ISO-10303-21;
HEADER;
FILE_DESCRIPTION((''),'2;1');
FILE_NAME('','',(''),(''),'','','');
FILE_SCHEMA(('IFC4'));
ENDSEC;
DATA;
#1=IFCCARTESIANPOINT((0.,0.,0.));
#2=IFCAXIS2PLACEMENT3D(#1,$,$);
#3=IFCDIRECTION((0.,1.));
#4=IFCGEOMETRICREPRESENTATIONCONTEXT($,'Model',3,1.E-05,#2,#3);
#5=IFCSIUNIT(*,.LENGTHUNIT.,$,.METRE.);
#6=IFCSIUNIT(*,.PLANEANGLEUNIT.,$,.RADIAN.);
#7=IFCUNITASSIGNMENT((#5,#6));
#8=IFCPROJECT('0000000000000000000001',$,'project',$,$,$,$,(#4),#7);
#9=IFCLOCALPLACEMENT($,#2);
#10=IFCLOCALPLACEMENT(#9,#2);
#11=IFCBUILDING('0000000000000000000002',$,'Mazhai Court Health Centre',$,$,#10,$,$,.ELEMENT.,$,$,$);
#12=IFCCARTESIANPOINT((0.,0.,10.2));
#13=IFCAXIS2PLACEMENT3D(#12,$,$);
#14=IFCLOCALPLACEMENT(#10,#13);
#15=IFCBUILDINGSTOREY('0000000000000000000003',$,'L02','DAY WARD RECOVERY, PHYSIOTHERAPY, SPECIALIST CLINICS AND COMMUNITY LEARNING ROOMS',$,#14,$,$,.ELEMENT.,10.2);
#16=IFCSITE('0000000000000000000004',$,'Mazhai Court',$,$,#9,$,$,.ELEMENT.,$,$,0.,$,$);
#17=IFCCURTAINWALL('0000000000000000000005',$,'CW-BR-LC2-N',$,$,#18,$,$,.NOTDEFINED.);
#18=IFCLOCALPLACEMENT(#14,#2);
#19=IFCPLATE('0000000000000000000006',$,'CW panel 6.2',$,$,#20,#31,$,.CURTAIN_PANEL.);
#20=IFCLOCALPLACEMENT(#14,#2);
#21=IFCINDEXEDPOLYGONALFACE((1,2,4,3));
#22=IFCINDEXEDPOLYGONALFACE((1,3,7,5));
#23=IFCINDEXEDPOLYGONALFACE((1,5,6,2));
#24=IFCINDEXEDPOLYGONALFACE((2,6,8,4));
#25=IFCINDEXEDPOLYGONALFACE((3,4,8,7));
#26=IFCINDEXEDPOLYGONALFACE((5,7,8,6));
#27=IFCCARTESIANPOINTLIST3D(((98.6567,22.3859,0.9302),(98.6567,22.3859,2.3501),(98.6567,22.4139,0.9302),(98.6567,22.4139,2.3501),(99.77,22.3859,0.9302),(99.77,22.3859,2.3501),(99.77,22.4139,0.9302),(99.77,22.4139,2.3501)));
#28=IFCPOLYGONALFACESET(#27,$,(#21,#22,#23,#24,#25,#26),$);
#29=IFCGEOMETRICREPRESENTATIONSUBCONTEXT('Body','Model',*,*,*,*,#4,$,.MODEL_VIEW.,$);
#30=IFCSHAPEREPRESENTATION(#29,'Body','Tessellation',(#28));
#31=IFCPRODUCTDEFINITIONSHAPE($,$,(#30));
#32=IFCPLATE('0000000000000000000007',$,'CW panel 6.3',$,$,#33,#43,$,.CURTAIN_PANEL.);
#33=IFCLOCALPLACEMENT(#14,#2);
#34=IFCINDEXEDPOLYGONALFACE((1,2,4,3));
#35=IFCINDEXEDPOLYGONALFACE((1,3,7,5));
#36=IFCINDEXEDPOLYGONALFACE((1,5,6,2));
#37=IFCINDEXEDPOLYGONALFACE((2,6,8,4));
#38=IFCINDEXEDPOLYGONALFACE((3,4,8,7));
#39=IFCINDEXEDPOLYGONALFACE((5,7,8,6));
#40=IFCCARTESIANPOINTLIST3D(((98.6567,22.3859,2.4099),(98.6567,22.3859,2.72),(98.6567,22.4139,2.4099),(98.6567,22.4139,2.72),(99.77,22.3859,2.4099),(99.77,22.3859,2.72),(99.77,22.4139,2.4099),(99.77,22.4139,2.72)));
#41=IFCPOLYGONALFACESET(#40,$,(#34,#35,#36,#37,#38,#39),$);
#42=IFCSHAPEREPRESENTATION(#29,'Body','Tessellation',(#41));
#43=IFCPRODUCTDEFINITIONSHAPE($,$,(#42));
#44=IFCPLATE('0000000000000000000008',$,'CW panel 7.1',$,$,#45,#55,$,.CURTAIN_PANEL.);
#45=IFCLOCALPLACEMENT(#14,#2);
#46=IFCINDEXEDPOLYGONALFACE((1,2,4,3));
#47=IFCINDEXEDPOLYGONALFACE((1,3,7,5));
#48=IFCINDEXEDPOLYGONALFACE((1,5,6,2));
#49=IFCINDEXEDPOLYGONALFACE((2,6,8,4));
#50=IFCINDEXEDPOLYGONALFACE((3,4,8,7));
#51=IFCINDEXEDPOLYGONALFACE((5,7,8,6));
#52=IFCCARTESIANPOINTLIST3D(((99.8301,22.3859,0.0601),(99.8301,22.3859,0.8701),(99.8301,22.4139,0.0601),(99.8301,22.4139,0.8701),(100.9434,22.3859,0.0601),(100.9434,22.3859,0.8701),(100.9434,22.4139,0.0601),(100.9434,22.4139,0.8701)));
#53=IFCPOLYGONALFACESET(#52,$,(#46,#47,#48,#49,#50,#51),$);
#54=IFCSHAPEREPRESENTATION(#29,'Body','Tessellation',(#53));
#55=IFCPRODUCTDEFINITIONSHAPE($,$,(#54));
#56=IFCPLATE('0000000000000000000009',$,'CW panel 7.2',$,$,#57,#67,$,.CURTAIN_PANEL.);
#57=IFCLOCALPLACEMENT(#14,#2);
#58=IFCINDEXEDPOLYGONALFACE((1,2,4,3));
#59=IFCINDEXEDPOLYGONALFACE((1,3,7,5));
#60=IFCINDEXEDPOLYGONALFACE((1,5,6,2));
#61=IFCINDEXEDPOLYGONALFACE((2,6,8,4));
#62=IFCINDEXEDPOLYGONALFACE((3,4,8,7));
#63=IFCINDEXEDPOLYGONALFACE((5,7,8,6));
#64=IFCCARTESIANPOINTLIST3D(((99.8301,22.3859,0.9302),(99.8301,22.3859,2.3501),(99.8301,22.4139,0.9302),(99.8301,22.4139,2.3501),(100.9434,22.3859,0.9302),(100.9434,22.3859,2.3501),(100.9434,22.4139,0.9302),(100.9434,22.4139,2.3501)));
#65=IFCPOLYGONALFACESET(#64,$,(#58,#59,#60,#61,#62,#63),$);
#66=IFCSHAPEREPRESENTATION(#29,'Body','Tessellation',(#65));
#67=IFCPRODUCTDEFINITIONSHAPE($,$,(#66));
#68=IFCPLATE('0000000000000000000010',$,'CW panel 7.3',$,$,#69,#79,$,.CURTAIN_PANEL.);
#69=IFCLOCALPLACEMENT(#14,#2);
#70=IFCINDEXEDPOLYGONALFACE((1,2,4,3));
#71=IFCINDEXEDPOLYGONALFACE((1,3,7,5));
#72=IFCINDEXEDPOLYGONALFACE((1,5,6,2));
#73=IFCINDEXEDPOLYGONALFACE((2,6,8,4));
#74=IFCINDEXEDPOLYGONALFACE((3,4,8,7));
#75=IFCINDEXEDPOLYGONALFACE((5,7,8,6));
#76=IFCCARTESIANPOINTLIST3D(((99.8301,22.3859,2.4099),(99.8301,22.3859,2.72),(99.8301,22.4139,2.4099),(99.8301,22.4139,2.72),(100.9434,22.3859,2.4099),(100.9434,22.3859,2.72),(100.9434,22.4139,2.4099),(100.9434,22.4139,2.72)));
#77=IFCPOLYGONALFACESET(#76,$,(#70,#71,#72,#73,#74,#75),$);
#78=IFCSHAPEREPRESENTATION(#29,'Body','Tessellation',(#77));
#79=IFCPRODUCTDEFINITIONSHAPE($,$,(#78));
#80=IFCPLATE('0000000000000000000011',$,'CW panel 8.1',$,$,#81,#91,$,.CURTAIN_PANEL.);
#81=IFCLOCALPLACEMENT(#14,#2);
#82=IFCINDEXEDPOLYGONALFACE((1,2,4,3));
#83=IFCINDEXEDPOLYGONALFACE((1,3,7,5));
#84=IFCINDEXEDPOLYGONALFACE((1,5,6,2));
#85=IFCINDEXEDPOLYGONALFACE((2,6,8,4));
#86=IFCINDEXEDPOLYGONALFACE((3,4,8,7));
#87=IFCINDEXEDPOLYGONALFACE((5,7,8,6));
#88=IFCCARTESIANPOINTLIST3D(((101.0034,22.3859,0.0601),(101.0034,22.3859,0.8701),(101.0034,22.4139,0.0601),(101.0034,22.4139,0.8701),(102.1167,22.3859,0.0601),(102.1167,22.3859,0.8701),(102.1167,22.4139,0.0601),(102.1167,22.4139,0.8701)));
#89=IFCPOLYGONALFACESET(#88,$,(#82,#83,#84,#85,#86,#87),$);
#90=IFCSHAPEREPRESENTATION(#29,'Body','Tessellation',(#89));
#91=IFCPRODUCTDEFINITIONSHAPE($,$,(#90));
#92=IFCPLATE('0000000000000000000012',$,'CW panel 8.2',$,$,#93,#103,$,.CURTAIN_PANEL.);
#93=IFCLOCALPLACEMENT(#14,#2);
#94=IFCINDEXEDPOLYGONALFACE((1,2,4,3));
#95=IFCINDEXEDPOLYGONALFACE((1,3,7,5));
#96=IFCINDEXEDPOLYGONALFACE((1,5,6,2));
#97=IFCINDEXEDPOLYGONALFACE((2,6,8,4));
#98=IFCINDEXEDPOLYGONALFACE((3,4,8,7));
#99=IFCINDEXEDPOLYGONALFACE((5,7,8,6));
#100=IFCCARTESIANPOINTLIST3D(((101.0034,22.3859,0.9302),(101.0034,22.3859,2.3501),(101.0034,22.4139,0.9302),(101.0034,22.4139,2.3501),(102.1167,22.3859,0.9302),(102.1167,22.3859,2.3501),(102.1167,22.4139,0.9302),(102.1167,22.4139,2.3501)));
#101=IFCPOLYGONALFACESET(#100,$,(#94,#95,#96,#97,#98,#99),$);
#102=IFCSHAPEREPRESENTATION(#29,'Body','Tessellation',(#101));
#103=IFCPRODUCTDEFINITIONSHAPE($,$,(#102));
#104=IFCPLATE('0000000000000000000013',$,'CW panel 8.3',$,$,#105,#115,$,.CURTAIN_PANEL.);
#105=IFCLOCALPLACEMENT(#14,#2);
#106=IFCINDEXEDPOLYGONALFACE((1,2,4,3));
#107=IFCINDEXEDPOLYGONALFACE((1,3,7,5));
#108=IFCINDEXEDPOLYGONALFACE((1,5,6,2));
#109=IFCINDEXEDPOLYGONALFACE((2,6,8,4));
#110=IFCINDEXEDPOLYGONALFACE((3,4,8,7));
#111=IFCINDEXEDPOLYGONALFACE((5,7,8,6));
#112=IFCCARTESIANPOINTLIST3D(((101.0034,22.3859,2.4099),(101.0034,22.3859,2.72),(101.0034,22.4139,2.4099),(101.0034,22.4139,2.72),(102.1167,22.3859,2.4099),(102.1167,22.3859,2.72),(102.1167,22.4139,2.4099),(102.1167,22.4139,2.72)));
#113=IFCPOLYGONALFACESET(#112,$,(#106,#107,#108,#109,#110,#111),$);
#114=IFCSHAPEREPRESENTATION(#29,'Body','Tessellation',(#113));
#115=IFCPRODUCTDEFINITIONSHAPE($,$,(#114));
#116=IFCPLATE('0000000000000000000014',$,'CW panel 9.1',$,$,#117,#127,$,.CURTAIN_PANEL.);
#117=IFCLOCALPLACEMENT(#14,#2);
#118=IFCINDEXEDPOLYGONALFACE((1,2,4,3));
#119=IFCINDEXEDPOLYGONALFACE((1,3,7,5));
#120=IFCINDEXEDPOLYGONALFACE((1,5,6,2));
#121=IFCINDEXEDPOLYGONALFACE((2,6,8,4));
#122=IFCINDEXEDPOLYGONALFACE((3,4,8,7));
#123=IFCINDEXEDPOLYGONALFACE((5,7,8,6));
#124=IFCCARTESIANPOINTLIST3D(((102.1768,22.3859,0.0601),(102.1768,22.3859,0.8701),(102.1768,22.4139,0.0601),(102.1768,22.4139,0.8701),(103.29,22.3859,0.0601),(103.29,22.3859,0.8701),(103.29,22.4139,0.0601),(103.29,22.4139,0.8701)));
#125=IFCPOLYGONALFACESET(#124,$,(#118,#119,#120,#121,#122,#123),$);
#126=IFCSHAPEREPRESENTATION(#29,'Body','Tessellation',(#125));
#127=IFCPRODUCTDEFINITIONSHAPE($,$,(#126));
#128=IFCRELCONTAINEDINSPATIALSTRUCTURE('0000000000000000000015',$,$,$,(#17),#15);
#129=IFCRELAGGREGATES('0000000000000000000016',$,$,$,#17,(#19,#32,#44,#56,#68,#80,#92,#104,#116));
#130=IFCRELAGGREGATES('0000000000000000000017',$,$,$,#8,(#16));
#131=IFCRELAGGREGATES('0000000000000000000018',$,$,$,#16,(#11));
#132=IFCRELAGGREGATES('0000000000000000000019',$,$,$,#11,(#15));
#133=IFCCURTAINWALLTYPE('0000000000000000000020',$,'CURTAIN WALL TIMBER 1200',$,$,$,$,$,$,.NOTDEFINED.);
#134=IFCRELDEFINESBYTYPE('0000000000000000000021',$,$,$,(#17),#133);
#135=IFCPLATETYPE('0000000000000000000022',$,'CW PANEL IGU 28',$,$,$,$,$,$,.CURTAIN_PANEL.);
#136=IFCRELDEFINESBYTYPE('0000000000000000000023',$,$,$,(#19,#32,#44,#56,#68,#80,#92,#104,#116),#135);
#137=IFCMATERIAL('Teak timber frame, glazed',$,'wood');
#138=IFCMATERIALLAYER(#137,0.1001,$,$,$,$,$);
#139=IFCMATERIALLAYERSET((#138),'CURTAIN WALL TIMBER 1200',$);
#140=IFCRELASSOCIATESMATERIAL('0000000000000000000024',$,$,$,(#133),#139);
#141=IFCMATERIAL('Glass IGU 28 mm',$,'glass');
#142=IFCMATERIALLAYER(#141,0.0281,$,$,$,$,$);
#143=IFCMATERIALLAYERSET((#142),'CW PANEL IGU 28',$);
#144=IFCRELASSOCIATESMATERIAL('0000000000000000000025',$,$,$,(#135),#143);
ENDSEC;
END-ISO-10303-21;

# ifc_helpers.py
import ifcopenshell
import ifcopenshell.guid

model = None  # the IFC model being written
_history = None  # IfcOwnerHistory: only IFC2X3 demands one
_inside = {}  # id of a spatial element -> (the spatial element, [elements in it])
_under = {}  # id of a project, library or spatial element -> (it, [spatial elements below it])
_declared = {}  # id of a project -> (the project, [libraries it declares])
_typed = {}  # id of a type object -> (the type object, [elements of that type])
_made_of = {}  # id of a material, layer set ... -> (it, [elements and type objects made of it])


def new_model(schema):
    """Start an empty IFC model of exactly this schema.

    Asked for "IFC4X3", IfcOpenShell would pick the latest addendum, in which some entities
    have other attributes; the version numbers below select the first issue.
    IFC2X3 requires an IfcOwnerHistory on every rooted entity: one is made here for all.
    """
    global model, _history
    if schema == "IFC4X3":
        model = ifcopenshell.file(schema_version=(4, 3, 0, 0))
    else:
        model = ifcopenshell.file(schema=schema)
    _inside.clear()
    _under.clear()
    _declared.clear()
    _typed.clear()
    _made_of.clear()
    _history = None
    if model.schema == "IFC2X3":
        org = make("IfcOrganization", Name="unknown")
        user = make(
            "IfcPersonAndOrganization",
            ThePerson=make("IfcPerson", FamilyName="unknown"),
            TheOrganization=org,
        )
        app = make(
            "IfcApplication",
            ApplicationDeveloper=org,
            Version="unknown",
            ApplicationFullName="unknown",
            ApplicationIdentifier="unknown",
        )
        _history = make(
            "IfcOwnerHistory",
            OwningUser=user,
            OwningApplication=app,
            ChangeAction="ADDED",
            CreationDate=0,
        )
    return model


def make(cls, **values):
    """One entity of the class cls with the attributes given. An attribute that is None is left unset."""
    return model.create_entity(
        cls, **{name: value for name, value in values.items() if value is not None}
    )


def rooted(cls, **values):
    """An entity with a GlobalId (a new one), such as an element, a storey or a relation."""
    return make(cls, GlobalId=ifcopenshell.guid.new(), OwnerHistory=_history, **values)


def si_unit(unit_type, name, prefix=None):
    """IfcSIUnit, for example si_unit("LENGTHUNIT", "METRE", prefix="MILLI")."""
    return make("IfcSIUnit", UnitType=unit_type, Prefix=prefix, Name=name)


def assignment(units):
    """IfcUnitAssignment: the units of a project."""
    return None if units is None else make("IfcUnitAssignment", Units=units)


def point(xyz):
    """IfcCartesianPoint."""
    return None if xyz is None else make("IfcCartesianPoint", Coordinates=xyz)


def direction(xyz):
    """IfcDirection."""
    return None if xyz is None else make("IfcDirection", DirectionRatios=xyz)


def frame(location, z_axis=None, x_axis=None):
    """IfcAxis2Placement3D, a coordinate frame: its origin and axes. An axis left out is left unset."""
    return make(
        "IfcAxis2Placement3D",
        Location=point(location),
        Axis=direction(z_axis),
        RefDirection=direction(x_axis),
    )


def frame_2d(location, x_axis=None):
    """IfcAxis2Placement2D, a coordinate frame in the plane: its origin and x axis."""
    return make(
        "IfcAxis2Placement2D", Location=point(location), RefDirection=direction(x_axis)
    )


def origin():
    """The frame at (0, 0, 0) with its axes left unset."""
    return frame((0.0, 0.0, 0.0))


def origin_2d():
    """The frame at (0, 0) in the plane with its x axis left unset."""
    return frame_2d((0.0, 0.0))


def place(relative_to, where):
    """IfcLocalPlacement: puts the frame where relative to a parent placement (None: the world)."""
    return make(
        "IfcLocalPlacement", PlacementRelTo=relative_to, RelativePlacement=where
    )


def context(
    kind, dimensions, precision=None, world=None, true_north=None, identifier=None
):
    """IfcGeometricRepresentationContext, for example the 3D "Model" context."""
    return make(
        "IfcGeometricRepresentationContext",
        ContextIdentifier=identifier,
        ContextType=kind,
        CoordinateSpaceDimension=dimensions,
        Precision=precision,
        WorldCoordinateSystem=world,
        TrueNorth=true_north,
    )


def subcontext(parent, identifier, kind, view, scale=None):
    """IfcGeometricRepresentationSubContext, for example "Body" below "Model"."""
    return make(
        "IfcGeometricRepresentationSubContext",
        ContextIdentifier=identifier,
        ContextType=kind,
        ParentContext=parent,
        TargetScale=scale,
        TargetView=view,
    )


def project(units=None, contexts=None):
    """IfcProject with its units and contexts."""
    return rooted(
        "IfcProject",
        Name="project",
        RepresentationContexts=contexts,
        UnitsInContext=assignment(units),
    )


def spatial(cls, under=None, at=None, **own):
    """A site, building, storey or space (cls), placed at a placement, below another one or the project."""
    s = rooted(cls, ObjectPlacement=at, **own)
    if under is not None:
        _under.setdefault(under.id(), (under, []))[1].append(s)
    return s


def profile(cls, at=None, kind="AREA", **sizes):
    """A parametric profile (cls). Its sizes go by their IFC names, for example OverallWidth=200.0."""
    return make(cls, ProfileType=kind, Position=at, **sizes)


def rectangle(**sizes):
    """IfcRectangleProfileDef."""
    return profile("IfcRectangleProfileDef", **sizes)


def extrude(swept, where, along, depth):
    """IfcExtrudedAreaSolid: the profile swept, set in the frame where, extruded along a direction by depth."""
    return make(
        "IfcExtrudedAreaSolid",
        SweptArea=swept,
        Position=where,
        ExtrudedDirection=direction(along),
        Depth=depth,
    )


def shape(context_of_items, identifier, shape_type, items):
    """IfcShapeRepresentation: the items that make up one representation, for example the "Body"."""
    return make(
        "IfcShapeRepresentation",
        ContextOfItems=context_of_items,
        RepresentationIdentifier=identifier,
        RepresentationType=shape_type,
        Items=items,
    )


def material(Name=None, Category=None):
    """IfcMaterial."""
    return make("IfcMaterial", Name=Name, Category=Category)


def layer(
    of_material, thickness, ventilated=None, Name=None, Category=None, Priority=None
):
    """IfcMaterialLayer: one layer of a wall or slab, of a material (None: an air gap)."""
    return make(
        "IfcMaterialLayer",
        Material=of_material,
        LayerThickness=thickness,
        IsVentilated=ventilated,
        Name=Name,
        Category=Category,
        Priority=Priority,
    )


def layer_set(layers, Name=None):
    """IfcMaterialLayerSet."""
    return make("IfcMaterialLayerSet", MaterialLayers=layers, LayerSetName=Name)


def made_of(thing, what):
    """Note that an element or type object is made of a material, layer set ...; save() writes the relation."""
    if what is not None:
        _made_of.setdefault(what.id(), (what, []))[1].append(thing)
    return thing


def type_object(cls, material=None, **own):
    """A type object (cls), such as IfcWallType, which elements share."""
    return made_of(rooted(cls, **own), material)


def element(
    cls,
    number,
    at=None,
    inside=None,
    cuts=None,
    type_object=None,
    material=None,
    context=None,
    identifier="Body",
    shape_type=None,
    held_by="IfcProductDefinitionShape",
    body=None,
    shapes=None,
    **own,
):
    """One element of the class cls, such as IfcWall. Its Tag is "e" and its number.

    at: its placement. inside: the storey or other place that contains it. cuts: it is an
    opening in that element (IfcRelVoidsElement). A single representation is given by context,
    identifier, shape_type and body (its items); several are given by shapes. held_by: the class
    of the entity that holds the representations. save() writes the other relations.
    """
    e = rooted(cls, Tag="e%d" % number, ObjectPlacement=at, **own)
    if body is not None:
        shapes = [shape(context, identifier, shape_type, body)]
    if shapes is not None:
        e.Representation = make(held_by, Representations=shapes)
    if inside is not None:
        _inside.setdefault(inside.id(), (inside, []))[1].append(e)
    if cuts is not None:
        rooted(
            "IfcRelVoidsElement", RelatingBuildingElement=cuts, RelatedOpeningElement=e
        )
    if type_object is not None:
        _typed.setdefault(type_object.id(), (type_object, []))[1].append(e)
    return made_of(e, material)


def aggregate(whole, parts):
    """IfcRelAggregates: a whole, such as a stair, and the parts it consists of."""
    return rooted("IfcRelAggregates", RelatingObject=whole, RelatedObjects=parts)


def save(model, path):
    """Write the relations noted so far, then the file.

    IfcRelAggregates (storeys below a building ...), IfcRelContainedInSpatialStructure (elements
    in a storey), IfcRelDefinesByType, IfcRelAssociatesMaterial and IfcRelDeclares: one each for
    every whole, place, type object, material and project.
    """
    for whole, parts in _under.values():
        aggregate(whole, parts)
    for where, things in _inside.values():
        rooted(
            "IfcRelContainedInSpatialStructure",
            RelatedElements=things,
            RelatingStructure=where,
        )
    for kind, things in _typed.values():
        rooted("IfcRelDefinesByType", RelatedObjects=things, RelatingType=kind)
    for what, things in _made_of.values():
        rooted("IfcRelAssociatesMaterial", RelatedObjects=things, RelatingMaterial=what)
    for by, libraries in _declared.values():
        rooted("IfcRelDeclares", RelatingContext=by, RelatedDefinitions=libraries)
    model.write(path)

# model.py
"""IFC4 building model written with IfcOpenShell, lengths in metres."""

from ifc_helpers import new_model, si_unit, direction, frame, origin, origin_2d, place, context, subcontext, project, spatial, rectangle, extrude, material, layer, layer_set, type_object, element, aggregate, save


model = new_model("IFC4")

# Units and contexts
model_context = context("Model", 3, precision=1e-05, world=origin(), true_north=direction((0.0, 1.0)))
body_context = subcontext(model_context, "Body", "Model", "MODEL_VIEW")
ifc_project = project(units=[si_unit("LENGTHUNIT", "METRE"), si_unit("PLANEANGLEUNIT", "RADIAN")], contexts=[model_context])

# Site, building, storey
site_placement = place(None, origin())
site = spatial("IfcSite", under=ifc_project, at=site_placement, Name="Mazhai Court", CompositionType="ELEMENT", RefElevation=0.0)
building_placement = place(site_placement, origin())
building = spatial("IfcBuilding", under=site, at=building_placement, Name="Mazhai Court Health Centre", CompositionType="ELEMENT")
storey_placement = place(building_placement, frame((0.0, 0.0, 10.2)))
storey = spatial("IfcBuildingStorey", under=building, at=storey_placement, Name="L02", Description="DAY WARD RECOVERY, PHYSIOTHERAPY, SPECIALIST CLINICS AND COMMUNITY LEARNING ROOMS", CompositionType="ELEMENT", Elevation=10.2)

# Curtain wall, plates
ifc_material_1 = material(Name="Teak timber frame, glazed", Category="wood")
ifc_layer_1 = layer(ifc_material_1, 0.1001)
ifc_layer_set_1 = layer_set([ifc_layer_1], Name="CURTAIN WALL TIMBER 1200")
curtain_wall_type = type_object("IfcCurtainWallType", Name="CURTAIN WALL TIMBER 1200", PredefinedType="NOTDEFINED", material=ifc_layer_set_1)
curtain_wall_placement = place(storey_placement, origin())
curtain_wall = element("IfcCurtainWall", 1, at=curtain_wall_placement, inside=storey, type_object=curtain_wall_type, Name="CW-BR-LC2-N", PredefinedType="NOTDEFINED")
ifc_material_2 = material(Name="Glass IGU 28 mm", Category="glass")
ifc_layer_2 = layer(ifc_material_2, 0.0281)
ifc_layer_set_2 = layer_set([ifc_layer_2], Name="CW PANEL IGU 28")
plate_type = type_object("IfcPlateType", Name="CW PANEL IGU 28", PredefinedType="CURTAIN_PANEL", material=ifc_layer_set_2)
plate_1_placement = place(storey_placement, frame((99.2134, 22.3999, 0.9302), z_axis=(0.0, 0.0, 1.0), x_axis=(1.0, 0.0, 0.0)))
plate_1 = element("IfcPlate", 2, at=plate_1_placement, type_object=plate_type, Name="CW panel 6.2", PredefinedType="CURTAIN_PANEL", context=body_context, shape_type="SweptSolid", body=[
    extrude(rectangle(XDim=1.1133, YDim=0.0281, at=origin_2d()), origin(), (0.0, 0.0, 1.0), 1.4199),
])
plate_2_placement = place(storey_placement, frame((99.2134, 22.3999, 2.4099), z_axis=(0.0, 0.0, 1.0), x_axis=(1.0, 0.0, 0.0)))
plate_2 = element("IfcPlate", 3, at=plate_2_placement, type_object=plate_type, Name="CW panel 6.3", PredefinedType="CURTAIN_PANEL", context=body_context, shape_type="SweptSolid", body=[
    extrude(rectangle(XDim=1.1133, YDim=0.0281, at=origin_2d()), origin(), (0.0, 0.0, 1.0), 0.3101),
])
plate_3_placement = place(storey_placement, frame((100.3867, 22.3999, 0.0601), z_axis=(0.0, 0.0, 1.0), x_axis=(1.0, 0.0, 0.0)))
plate_3 = element("IfcPlate", 4, at=plate_3_placement, type_object=plate_type, Name="CW panel 7.1", PredefinedType="CURTAIN_PANEL", context=body_context, shape_type="SweptSolid", body=[
    extrude(rectangle(XDim=1.1133, YDim=0.0281, at=origin_2d()), origin(), (0.0, 0.0, 1.0), 0.8101),
])
plate_4_placement = place(storey_placement, frame((100.3867, 22.3999, 0.9302), z_axis=(0.0, 0.0, 1.0), x_axis=(1.0, 0.0, 0.0)))
plate_4 = element("IfcPlate", 5, at=plate_4_placement, type_object=plate_type, Name="CW panel 7.2", PredefinedType="CURTAIN_PANEL", context=body_context, shape_type="SweptSolid", body=[
    extrude(rectangle(XDim=1.1133, YDim=0.0281, at=origin_2d()), origin(), (0.0, 0.0, 1.0), 1.4199),
])
plate_5_placement = place(storey_placement, frame((100.3867, 22.3999, 2.4099), z_axis=(0.0, 0.0, 1.0), x_axis=(1.0, 0.0, 0.0)))
plate_5 = element("IfcPlate", 6, at=plate_5_placement, type_object=plate_type, Name="CW panel 7.3", PredefinedType="CURTAIN_PANEL", context=body_context, shape_type="SweptSolid", body=[
    extrude(rectangle(XDim=1.1133, YDim=0.0281, at=origin_2d()), origin(), (0.0, 0.0, 1.0), 0.3101),
])
plate_6_placement = place(storey_placement, frame((101.5601, 22.3999, 0.0601), z_axis=(0.0, 0.0, 1.0), x_axis=(1.0, 0.0, 0.0)))
plate_6 = element("IfcPlate", 7, at=plate_6_placement, type_object=plate_type, Name="CW panel 8.1", PredefinedType="CURTAIN_PANEL", context=body_context, shape_type="SweptSolid", body=[
    extrude(rectangle(XDim=1.1133, YDim=0.0281, at=origin_2d()), origin(), (0.0, 0.0, 1.0), 0.8101),
])
plate_7_placement = place(storey_placement, frame((101.5601, 22.3999, 0.9302), z_axis=(0.0, 0.0, 1.0), x_axis=(1.0, 0.0, 0.0)))
plate_7 = element("IfcPlate", 8, at=plate_7_placement, type_object=plate_type, Name="CW panel 8.2", PredefinedType="CURTAIN_PANEL", context=body_context, shape_type="SweptSolid", body=[
    extrude(rectangle(XDim=1.1133, YDim=0.0281, at=origin_2d()), origin(), (0.0, 0.0, 1.0), 1.4199),
])
plate_8_placement = place(storey_placement, frame((101.5601, 22.3999, 2.4099), z_axis=(0.0, 0.0, 1.0), x_axis=(1.0, 0.0, 0.0)))
plate_8 = element("IfcPlate", 9, at=plate_8_placement, type_object=plate_type, Name="CW panel 8.3", PredefinedType="CURTAIN_PANEL", context=body_context, shape_type="SweptSolid", body=[
    extrude(rectangle(XDim=1.1133, YDim=0.0281, at=origin_2d()), origin(), (0.0, 0.0, 1.0), 0.3101),
])
plate_9_placement = place(storey_placement, frame((102.7334, 22.3999, 0.0601), z_axis=(0.0, 0.0, 1.0), x_axis=(1.0, 0.0, 0.0)))
plate_9 = element("IfcPlate", 10, at=plate_9_placement, type_object=plate_type, Name="CW panel 9.1", PredefinedType="CURTAIN_PANEL", context=body_context, shape_type="SweptSolid", body=[
    extrude(rectangle(XDim=1.1133, YDim=0.0281, at=origin_2d()), origin(), (0.0, 0.0, 1.0), 0.8101),
])
aggregate(curtain_wall, [plate_1, plate_2, plate_3, plate_4, plate_5, plate_6, plate_7, plate_8, plate_9])

save(model, "model.ifc")
